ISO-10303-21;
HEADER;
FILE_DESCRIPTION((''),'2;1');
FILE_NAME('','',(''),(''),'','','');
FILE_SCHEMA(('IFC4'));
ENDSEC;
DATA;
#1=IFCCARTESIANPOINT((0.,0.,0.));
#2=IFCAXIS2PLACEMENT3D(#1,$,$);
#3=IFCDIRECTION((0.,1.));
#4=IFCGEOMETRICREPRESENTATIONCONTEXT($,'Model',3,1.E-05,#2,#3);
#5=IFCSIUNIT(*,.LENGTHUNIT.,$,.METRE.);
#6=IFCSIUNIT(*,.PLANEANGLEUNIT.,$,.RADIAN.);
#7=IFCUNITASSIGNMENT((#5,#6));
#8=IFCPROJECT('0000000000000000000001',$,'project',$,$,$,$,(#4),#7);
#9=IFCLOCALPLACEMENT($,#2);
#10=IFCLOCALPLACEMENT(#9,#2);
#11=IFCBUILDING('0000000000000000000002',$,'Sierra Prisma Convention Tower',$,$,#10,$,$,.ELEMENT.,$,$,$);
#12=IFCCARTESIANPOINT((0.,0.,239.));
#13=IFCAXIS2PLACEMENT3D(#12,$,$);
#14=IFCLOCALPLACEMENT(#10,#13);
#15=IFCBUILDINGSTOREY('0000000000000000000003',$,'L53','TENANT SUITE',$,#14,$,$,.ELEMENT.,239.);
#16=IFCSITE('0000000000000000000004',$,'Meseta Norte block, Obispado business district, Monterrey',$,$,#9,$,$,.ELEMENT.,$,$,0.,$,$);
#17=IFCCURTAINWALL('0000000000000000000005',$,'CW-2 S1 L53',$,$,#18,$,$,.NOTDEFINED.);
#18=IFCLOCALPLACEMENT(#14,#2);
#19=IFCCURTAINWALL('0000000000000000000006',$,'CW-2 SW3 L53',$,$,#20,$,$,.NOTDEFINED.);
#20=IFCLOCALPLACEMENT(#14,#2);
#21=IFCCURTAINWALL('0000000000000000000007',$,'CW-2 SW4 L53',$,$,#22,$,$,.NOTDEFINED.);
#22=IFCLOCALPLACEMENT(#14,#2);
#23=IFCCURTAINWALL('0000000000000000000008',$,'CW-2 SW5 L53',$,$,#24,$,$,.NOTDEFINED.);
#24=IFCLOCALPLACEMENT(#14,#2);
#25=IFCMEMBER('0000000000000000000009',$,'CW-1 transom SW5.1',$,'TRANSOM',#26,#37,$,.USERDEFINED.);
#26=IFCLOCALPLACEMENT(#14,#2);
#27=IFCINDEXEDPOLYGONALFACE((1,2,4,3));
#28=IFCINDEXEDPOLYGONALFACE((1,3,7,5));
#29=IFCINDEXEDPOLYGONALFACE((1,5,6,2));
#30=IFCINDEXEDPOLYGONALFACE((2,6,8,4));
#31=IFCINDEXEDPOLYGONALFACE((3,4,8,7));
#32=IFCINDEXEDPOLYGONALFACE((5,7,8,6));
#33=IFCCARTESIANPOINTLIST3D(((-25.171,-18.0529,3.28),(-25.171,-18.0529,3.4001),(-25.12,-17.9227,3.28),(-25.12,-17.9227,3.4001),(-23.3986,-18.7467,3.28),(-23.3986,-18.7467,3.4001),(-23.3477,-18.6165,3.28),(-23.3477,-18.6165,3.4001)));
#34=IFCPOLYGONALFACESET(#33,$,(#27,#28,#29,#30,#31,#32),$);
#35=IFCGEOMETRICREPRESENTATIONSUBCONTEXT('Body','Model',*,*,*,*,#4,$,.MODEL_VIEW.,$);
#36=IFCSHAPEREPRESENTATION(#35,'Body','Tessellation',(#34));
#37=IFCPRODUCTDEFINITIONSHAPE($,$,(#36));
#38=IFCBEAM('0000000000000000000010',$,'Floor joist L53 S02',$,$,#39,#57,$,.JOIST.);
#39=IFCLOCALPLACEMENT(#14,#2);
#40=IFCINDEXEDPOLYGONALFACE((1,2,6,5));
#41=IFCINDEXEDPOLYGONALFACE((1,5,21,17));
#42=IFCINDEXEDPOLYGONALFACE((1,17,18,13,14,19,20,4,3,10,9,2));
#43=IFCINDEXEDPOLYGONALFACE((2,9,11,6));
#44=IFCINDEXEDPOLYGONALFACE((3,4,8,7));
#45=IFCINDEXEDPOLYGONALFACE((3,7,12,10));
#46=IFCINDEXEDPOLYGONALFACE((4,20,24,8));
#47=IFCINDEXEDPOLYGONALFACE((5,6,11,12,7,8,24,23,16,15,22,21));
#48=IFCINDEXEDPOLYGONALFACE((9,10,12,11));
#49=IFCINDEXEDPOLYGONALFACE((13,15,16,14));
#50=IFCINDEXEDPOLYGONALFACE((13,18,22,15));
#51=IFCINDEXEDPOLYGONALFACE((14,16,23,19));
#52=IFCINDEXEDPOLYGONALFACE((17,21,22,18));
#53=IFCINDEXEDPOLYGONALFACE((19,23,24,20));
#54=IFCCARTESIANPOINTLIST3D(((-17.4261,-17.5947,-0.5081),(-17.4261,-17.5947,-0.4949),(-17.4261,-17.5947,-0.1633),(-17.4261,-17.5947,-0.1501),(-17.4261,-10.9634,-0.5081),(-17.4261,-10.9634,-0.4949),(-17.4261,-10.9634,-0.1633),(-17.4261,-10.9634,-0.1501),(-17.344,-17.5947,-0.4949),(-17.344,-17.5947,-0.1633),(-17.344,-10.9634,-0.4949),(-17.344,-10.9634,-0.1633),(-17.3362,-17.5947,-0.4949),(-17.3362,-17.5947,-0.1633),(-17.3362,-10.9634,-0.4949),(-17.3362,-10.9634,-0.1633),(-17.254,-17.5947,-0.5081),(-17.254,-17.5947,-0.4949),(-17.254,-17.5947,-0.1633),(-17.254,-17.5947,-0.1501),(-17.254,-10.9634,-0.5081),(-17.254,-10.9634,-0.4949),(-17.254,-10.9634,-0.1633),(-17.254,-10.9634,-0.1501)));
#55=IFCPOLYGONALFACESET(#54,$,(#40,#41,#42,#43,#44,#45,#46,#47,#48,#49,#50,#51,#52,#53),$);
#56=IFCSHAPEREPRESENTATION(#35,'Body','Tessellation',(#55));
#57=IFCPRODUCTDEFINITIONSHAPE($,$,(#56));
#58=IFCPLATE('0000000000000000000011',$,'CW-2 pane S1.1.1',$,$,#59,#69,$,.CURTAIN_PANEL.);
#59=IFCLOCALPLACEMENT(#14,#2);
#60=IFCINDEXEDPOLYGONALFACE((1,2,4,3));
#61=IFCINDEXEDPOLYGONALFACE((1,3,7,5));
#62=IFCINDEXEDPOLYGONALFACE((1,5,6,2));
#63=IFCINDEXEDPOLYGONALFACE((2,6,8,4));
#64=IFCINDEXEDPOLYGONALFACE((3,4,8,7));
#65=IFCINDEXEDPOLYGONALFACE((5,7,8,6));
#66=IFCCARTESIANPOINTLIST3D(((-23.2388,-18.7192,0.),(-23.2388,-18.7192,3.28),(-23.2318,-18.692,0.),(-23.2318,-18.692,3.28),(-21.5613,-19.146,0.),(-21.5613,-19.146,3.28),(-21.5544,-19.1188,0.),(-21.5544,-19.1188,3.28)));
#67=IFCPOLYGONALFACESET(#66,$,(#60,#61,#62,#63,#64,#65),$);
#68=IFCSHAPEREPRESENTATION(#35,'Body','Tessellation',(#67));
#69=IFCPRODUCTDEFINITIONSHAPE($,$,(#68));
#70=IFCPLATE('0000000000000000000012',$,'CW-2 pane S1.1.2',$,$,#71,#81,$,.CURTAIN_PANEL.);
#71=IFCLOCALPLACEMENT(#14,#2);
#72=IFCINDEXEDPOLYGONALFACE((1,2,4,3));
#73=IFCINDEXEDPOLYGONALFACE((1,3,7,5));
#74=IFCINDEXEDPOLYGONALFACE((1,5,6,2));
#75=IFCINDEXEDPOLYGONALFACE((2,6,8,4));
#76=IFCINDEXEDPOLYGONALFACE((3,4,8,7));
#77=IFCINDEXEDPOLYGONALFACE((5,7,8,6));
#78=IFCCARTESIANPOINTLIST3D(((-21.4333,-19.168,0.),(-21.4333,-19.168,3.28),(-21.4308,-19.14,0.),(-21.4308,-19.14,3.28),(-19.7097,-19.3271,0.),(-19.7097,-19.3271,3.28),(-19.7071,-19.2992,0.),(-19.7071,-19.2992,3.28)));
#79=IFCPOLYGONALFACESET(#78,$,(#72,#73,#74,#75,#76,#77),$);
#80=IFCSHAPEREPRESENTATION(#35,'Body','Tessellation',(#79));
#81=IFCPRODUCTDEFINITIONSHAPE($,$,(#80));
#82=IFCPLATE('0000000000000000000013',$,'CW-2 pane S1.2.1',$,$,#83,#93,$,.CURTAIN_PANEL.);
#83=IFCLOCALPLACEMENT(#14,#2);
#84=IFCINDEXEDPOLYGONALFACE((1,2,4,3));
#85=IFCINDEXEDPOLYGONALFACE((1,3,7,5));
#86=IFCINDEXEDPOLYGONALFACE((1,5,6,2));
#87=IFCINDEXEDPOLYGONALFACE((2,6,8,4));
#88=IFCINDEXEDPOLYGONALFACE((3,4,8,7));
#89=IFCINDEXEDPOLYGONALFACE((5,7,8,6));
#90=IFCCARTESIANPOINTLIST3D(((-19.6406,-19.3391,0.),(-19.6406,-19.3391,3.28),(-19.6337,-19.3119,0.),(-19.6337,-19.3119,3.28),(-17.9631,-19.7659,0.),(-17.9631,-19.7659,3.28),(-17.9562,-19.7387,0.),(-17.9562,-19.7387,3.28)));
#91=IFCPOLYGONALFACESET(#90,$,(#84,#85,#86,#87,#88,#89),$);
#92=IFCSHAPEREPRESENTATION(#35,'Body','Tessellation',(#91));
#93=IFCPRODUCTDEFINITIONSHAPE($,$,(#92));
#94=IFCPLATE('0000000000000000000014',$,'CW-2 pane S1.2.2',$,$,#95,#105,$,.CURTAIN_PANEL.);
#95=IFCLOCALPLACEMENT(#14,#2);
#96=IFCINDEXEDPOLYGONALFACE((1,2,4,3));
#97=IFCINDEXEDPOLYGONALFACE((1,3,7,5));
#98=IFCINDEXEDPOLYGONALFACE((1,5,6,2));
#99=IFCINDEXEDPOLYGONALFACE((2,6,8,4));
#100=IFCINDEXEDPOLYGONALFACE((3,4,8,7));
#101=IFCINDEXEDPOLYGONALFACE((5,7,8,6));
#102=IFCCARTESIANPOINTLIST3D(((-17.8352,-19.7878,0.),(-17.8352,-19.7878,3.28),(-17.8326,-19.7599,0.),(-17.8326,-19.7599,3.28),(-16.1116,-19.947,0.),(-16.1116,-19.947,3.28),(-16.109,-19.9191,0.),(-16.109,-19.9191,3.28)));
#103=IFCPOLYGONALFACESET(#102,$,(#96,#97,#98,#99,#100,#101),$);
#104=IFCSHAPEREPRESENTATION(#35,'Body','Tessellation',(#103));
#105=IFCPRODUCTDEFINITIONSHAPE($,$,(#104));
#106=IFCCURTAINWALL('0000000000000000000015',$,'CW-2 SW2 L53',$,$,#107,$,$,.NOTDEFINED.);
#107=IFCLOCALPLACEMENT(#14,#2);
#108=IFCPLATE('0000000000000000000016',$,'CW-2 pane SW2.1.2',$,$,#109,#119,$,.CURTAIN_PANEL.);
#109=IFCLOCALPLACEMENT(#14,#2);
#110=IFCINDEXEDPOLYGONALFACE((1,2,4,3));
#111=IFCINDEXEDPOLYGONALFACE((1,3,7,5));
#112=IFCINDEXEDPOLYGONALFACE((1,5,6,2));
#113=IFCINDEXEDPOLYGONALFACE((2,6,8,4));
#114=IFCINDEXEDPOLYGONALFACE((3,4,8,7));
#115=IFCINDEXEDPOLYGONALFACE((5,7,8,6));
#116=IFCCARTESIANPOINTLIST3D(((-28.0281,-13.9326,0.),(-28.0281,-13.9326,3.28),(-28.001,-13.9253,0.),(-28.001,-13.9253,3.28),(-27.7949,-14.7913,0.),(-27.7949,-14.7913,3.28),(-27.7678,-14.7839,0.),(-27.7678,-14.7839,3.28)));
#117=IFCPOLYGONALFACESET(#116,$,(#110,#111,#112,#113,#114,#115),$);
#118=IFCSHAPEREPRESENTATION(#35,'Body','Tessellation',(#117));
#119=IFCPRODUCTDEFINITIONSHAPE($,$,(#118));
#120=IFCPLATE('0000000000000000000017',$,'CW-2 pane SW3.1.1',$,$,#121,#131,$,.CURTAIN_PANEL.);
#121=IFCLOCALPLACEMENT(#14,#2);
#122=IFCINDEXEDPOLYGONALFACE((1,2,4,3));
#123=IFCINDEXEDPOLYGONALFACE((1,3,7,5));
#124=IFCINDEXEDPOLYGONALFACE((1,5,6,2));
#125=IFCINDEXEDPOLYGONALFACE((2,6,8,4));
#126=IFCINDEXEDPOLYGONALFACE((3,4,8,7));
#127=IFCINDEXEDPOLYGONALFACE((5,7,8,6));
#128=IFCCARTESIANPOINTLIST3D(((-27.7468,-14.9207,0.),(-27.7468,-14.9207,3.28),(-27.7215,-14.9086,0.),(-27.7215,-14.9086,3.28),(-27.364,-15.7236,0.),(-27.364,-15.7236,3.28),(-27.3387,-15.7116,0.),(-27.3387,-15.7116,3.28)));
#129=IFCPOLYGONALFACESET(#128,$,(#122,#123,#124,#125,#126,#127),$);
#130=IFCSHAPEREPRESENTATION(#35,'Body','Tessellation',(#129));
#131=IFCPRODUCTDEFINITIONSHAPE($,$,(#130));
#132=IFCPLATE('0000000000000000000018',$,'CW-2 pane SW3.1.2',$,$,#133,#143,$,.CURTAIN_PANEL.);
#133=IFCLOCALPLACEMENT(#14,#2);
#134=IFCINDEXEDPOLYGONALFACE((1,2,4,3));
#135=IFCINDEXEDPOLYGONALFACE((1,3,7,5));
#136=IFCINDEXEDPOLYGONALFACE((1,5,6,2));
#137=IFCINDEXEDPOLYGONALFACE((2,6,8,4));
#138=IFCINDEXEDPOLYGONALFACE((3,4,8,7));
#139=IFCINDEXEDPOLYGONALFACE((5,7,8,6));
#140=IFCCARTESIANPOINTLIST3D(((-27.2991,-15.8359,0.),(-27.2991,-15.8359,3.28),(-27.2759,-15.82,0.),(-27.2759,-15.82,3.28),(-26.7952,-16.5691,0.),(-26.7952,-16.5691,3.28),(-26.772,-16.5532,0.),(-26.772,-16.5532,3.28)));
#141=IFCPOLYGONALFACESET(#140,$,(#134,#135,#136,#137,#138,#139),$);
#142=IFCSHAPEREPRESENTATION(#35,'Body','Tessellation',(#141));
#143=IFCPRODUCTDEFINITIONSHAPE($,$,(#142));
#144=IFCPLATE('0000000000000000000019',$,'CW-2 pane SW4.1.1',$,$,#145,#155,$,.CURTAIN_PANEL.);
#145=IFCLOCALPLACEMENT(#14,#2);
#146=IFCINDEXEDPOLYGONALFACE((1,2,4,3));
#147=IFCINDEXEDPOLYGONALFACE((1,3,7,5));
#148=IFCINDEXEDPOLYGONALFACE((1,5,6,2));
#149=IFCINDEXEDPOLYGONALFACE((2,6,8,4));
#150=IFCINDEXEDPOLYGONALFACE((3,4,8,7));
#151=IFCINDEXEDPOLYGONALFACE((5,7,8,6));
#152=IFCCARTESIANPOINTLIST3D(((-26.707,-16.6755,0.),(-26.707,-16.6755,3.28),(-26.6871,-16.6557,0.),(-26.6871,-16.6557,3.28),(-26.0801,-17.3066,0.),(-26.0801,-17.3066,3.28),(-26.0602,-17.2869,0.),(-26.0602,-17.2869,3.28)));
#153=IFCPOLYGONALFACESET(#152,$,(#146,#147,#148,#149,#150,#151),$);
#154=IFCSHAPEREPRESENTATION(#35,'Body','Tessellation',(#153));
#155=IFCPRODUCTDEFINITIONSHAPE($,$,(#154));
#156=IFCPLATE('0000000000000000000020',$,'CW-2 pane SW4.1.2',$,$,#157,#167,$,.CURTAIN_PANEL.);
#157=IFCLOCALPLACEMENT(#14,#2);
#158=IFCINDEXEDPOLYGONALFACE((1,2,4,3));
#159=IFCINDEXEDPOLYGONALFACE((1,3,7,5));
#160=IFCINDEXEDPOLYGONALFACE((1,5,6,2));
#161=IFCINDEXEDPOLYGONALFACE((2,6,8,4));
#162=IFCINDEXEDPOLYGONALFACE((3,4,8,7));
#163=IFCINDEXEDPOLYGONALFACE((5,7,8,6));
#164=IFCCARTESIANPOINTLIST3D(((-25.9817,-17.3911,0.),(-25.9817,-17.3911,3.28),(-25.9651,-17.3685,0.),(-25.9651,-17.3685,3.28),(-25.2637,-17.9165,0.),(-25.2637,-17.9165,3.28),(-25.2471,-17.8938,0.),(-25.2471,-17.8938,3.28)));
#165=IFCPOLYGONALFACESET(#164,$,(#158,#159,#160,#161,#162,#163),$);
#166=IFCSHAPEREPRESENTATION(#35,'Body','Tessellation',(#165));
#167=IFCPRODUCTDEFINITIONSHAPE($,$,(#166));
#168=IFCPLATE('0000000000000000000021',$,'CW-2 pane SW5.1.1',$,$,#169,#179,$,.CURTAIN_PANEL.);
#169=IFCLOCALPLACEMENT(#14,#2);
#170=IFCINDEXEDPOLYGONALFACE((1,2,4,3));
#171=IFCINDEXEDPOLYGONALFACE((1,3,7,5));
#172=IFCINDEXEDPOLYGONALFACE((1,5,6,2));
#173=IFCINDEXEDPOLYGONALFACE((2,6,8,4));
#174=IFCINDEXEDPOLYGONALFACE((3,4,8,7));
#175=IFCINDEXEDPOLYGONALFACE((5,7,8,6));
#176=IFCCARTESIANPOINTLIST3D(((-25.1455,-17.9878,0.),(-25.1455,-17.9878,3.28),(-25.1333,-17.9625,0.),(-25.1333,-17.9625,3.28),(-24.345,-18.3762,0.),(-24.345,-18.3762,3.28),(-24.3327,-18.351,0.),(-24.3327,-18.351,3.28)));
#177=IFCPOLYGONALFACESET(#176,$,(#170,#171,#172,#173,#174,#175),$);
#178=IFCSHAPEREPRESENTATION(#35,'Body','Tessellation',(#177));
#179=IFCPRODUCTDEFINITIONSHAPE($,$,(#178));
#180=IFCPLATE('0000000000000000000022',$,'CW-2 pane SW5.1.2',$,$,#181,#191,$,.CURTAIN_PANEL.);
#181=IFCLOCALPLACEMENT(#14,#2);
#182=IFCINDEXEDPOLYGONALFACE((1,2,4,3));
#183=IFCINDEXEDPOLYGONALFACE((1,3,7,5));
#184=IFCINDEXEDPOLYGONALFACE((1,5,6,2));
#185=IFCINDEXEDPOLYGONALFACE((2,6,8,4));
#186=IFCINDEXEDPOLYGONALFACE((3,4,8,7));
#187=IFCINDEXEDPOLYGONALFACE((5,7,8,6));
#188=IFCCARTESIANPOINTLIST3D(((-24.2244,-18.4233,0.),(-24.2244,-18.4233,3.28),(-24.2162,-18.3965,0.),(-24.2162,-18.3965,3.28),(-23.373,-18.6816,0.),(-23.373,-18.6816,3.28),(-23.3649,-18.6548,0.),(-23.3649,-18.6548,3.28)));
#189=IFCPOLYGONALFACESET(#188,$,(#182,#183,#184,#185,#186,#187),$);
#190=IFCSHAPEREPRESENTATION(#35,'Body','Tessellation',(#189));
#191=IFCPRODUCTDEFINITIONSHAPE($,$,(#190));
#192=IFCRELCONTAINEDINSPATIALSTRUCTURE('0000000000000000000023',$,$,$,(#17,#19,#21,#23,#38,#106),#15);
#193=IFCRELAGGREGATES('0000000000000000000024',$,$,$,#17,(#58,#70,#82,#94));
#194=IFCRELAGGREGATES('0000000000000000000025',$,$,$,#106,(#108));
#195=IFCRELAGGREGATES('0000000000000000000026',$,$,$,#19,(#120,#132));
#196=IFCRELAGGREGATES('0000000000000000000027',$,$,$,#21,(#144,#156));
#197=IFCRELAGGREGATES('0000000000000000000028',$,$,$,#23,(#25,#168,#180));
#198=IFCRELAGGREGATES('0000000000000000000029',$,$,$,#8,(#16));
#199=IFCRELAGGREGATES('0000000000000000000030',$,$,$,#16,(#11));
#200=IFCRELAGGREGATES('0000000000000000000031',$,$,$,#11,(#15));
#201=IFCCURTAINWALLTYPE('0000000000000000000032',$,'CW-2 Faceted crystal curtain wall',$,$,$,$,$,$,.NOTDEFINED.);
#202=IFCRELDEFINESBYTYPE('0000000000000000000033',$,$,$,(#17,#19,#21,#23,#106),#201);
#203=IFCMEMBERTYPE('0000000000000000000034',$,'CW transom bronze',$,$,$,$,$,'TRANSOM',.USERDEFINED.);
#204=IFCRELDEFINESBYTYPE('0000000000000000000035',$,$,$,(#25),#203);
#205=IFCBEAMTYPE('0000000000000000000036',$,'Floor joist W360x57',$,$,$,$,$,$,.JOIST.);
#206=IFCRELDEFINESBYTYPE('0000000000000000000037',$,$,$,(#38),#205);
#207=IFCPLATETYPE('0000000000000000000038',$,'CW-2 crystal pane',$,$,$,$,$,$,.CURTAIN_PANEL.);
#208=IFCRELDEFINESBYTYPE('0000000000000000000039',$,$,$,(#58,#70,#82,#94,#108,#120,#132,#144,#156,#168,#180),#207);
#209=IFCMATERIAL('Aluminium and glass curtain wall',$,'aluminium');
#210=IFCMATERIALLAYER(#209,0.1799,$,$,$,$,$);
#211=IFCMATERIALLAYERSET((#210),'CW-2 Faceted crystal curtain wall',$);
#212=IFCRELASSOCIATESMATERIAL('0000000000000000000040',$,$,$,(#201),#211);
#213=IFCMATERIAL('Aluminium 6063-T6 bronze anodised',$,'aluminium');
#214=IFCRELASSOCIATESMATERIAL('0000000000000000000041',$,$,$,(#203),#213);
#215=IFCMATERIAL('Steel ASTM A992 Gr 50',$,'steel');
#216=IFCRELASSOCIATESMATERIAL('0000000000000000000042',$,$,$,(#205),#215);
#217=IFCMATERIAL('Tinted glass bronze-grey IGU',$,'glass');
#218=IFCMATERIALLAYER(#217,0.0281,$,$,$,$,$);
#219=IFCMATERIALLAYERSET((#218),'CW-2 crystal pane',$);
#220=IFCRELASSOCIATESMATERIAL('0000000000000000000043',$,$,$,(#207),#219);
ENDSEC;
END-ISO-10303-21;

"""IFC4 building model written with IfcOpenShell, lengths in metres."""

from ifc_helpers import new_model, si_unit, direction, frame, origin, origin_2d, place, context, subcontext, project, spatial, polyline, rectangle, i_section, outline, extrude, material, layer, layer_set, material_profile, profile_set, type_object, element, aggregate, save


model = new_model("IFC4")

# Units and contexts
model_context = context("Model", 3, precision=1e-05, world=origin(), true_north=direction((0.0, 1.0)))
body_context = subcontext(model_context, "Body", "Model", "MODEL_VIEW")
ifc_project = project(units=[si_unit("LENGTHUNIT", "METRE"), si_unit("PLANEANGLEUNIT", "RADIAN")], contexts=[model_context])

# Site, building, storey
site_placement = place(None, origin())
site = spatial("IfcSite", under=ifc_project, at=site_placement, Name="Meseta Norte block, Obispado business district, Monterrey", CompositionType="ELEMENT", RefElevation=0.0)
building_placement = place(site_placement, origin())
building = spatial("IfcBuilding", under=site, at=building_placement, Name="Sierra Prisma Convention Tower", CompositionType="ELEMENT")
storey_placement = place(building_placement, frame((0.0, 0.0, 239.0)))
storey = spatial("IfcBuildingStorey", under=building, at=storey_placement, Name="L53", Description="TENANT SUITE", CompositionType="ELEMENT", Elevation=239.0)

# Curtain wall
ifc_material_1 = material(Name="Aluminium and glass curtain wall", Category="aluminium")
ifc_layer_1 = layer(ifc_material_1, 0.1799)
ifc_layer_set_1 = layer_set([ifc_layer_1], Name="CW-2 Faceted crystal curtain wall")
curtain_wall_type = type_object("IfcCurtainWallType", Name="CW-2 Faceted crystal curtain wall", PredefinedType="NOTDEFINED", material=ifc_layer_set_1)
curtain_wall_1_placement = place(storey_placement, origin())
curtain_wall_1 = element("IfcCurtainWall", 1, at=curtain_wall_1_placement, inside=storey, type_object=curtain_wall_type, Name="CW-2 S1 L53", PredefinedType="NOTDEFINED")

# Curtain walls
curtain_wall_2_placement = place(storey_placement, origin())
curtain_wall_2 = element("IfcCurtainWall", 2, at=curtain_wall_2_placement, inside=storey, type_object=curtain_wall_type, Name="CW-2 SW3 L53", PredefinedType="NOTDEFINED")
curtain_wall_3_placement = place(storey_placement, origin())
curtain_wall_3 = element("IfcCurtainWall", 3, at=curtain_wall_3_placement, inside=storey, type_object=curtain_wall_type, Name="CW-2 SW4 L53", PredefinedType="NOTDEFINED")
curtain_wall_4_placement = place(storey_placement, origin())
curtain_wall_4 = element("IfcCurtainWall", 4, at=curtain_wall_4_placement, inside=storey, type_object=curtain_wall_type, Name="CW-2 SW5 L53", PredefinedType="NOTDEFINED")

# Member
ifc_material_2 = material(Name="Aluminium 6063-T6 bronze anodised", Category="aluminium")
ifc_material_profile_1 = material_profile(ifc_material_2, rectangle(XDim=0.1399, YDim=0.1201, at=origin_2d()), Name="ALU TRANSOM 120x140")
ifc_profile_set_1 = profile_set([ifc_material_profile_1], Name="Aluminium 6063-T6 bronze anodised")
member_type_1 = type_object("IfcMemberType", Name="CW transom bronze", ElementType="TRANSOM", PredefinedType="USERDEFINED", material=ifc_profile_set_1)
member_1_placement = place(storey_placement, frame((-25.1455, -17.9878, 3.3401), z_axis=(0.931194, -0.364525, 0.0), x_axis=(0.364525, 0.931194, 0.0)))
member_1 = element("IfcMember", 5, at=member_1_placement, type_object=member_type_1, Name="CW-1 transom SW5.1", ObjectType="TRANSOM", PredefinedType="USERDEFINED", context=body_context, shape_type="SweptSolid", body=[
    extrude(rectangle(XDim=0.1399, YDim=0.1201, at=origin_2d()), origin(), (0.0, 0.0, 1.0), 1.9033),
])

# Beam
ifc_material_3 = material(Name="Steel ASTM A992 Gr 50", Category="steel")
ifc_material_profile_2 = material_profile(ifc_material_3, i_section(OverallWidth=0.1721, OverallDepth=0.3579, WebThickness=0.0078, FlangeThickness=0.0132, at=origin_2d()), Name="W360x57")
ifc_profile_set_2 = profile_set([ifc_material_profile_2], Name="Steel ASTM A992 Gr 50")
beam_type = type_object("IfcBeamType", Name="Floor joist W360x57", PredefinedType="JOIST", material=ifc_profile_set_2)
beam_placement = place(storey_placement, frame((-17.3401, -17.5947, -0.3291), z_axis=(0.0, 1.0, 0.0), x_axis=(-1.0, 0.0, 0.0)))
element("IfcBeam", 6, at=beam_placement, inside=storey, type_object=beam_type, Name="Floor joist L53 S02", PredefinedType="JOIST", context=body_context, shape_type="SweptSolid", body=[
    extrude(i_section(OverallWidth=0.1721, OverallDepth=0.3579, WebThickness=0.0078, FlangeThickness=0.0132, at=origin_2d()), origin(), (0.0, 0.0, 1.0), 6.6313),
])

# Plates
ifc_material_4 = material(Name="Tinted glass bronze-grey IGU", Category="glass")
ifc_layer_2 = layer(ifc_material_4, 0.0281)
ifc_layer_set_2 = layer_set([ifc_layer_2], Name="CW-2 crystal pane")
plate_type = type_object("IfcPlateType", Name="CW-2 crystal pane", PredefinedType="CURTAIN_PANEL", material=ifc_layer_set_2)
plate_1_placement = place(storey_placement, frame((-23.2388, -18.7192, 0.0), z_axis=(-0.246549, -0.96913, 0.0), x_axis=(0.96913, -0.246549, 0.0)))
plate_1 = element("IfcPlate", 7, at=plate_1_placement, type_object=plate_type, Name="CW-2 pane S1.1.1", PredefinedType="CURTAIN_PANEL", context=body_context, shape_type="SweptSolid", body=[
    extrude(outline(polyline([(0.0, 0.0), (1.7309, 0.0), (1.7309, 3.28), (0.0, 3.28), (0.0, 0.0)])), origin(), (0.0, 0.0, -1.0), 0.0281),
])
plate_2_placement = place(storey_placement, frame((-19.7097, -19.3271, 0.0), z_axis=(-0.09196, -0.995763, 0.0), x_axis=(-0.995763, 0.09196, 0.0)))
plate_2 = element("IfcPlate", 8, at=plate_2_placement, type_object=plate_type, Name="CW-2 pane S1.1.2", PredefinedType="CURTAIN_PANEL", context=body_context, shape_type="SweptSolid", body=[
    extrude(outline(polyline([(0.0, 0.0), (1.731, 0.0), (1.731, -3.28), (0.0, -3.28), (0.0, 0.0)])), origin(), (0.0, 0.0, -1.0), 0.0281),
])
plate_3_placement = place(storey_placement, frame((-19.6406, -19.3391, 0.0), z_axis=(-0.246549, -0.96913, 0.0), x_axis=(0.96913, -0.246549, 0.0)))
plate_3 = element("IfcPlate", 9, at=plate_3_placement, type_object=plate_type, Name="CW-2 pane S1.2.1", PredefinedType="CURTAIN_PANEL", context=body_context, shape_type="SweptSolid", body=[
    extrude(outline(polyline([(0.0, 0.0), (1.7309, 0.0), (1.7309, 3.28), (0.0, 3.28), (0.0, 0.0)])), origin(), (0.0, 0.0, -1.0), 0.0281),
])
plate_4_placement = place(storey_placement, frame((-16.1116, -19.947, 0.0), z_axis=(-0.09196, -0.995763, 0.0), x_axis=(-0.995763, 0.09196, 0.0)))
plate_4 = element("IfcPlate", 10, at=plate_4_placement, type_object=plate_type, Name="CW-2 pane S1.2.2", PredefinedType="CURTAIN_PANEL", context=body_context, shape_type="SweptSolid", body=[
    extrude(outline(polyline([(0.0, 0.0), (1.731, 0.0), (1.731, -3.28), (0.0, -3.28), (0.0, 0.0)])), origin(), (0.0, 0.0, -1.0), 0.0281),
])
aggregate(curtain_wall_1, [plate_1, plate_2, plate_3, plate_4])

# Curtain wall, plate
curtain_wall_5_placement = place(storey_placement, origin())
curtain_wall_5 = element("IfcCurtainWall", 11, at=curtain_wall_5_placement, inside=storey, type_object=curtain_wall_type, Name="CW-2 SW2 L53", PredefinedType="NOTDEFINED")
plate_5_placement = place(storey_placement, frame((-27.7949, -14.7913, 0.0), z_axis=(-0.965055, -0.262049, 0.0), x_axis=(-0.262049, 0.965055, 0.0)))
plate_5 = element("IfcPlate", 12, at=plate_5_placement, type_object=plate_type, Name="CW-2 pane SW2.1.2", PredefinedType="CURTAIN_PANEL", context=body_context, shape_type="SweptSolid", body=[
    extrude(outline(polyline([(0.0, 0.0), (0.8897, 0.0), (0.8897, -3.28), (0.0, -3.28), (0.0, 0.0)])), origin(), (0.0, 0.0, -1.0), 0.0281),
])
aggregate(curtain_wall_5, [plate_5])

# Plates
plate_6_placement = place(storey_placement, frame((-27.7468, -14.9207, 0.0), z_axis=(-0.902668, -0.430338, 0.0), x_axis=(0.430338, -0.902668, 0.0)))
plate_6 = element("IfcPlate", 13, at=plate_6_placement, type_object=plate_type, Name="CW-2 pane SW3.1.1", PredefinedType="CURTAIN_PANEL", context=body_context, shape_type="SweptSolid", body=[
    extrude(outline(polyline([(0.0, 0.0), (0.8896, 0.0), (0.8896, 3.28), (0.0, 3.28), (0.0, 0.0)])), origin(), (0.0, 0.0, -1.0), 0.0281),
])
plate_7_placement = place(storey_placement, frame((-26.7952, -16.5691, 0.0), z_axis=(-0.824114, -0.566424, 0.0), x_axis=(-0.566424, 0.824114, 0.0)))
plate_7 = element("IfcPlate", 14, at=plate_7_placement, type_object=plate_type, Name="CW-2 pane SW3.1.2", PredefinedType="CURTAIN_PANEL", context=body_context, shape_type="SweptSolid", body=[
    extrude(outline(polyline([(0.0, 0.0), (0.8896, 0.0), (0.8896, -3.28), (0.0, -3.28), (0.0, 0.0)])), origin(), (0.0, 0.0, -1.0), 0.0281),
])
aggregate(curtain_wall_2, [plate_6, plate_7])
plate_8_placement = place(storey_placement, frame((-26.707, -16.6755, 0.0), z_axis=(-0.709436, -0.70477, 0.0), x_axis=(0.70477, -0.709436, 0.0)))
plate_8 = element("IfcPlate", 15, at=plate_8_placement, type_object=plate_type, Name="CW-2 pane SW4.1.1", PredefinedType="CURTAIN_PANEL", context=body_context, shape_type="SweptSolid", body=[
    extrude(outline(polyline([(0.0, 0.0), (0.8896, 0.0), (0.8896, 3.28), (0.0, 3.28), (0.0, 0.0)])), origin(), (0.0, 0.0, -1.0), 0.0281),
])
plate_9_placement = place(storey_placement, frame((-25.2637, -17.9165, 0.0), z_axis=(-0.590519, -0.807024, 0.0), x_axis=(-0.807024, 0.590519, 0.0)))
plate_9 = element("IfcPlate", 16, at=plate_9_placement, type_object=plate_type, Name="CW-2 pane SW4.1.2", PredefinedType="CURTAIN_PANEL", context=body_context, shape_type="SweptSolid", body=[
    extrude(outline(polyline([(0.0, 0.0), (0.8897, 0.0), (0.8897, -3.28), (0.0, -3.28), (0.0, 0.0)])), origin(), (0.0, 0.0, -1.0), 0.0281),
])
aggregate(curtain_wall_3, [plate_8, plate_9])
plate_10_placement = place(storey_placement, frame((-25.1455, -17.9878, 0.0), z_axis=(-0.436536, -0.899687, 0.0), x_axis=(0.899687, -0.436536, 0.0)))
plate_10 = element("IfcPlate", 17, at=plate_10_placement, type_object=plate_type, Name="CW-2 pane SW5.1.1", PredefinedType="CURTAIN_PANEL", context=body_context, shape_type="SweptSolid", body=[
    extrude(outline(polyline([(0.0, 0.0), (0.8898, 0.0), (0.8898, 3.28), (0.0, 3.28), (0.0, 0.0)])), origin(), (0.0, 0.0, -1.0), 0.0281),
])
plate_11_placement = place(storey_placement, frame((-23.373, -18.6816, 0.0), z_axis=(-0.290343, -0.956923, 0.0), x_axis=(-0.956923, 0.290343, 0.0)))
plate_11 = element("IfcPlate", 18, at=plate_11_placement, type_object=plate_type, Name="CW-2 pane SW5.1.2", PredefinedType="CURTAIN_PANEL", context=body_context, shape_type="SweptSolid", body=[
    extrude(outline(polyline([(0.0, 0.0), (0.8896, 0.0), (0.8896, -3.28), (0.0, -3.28), (0.0, 0.0)])), origin(), (0.0, 0.0, -1.0), 0.0281),
])
aggregate(curtain_wall_4, [member_1, plate_10, plate_11])

save(model, "model.ifc")
